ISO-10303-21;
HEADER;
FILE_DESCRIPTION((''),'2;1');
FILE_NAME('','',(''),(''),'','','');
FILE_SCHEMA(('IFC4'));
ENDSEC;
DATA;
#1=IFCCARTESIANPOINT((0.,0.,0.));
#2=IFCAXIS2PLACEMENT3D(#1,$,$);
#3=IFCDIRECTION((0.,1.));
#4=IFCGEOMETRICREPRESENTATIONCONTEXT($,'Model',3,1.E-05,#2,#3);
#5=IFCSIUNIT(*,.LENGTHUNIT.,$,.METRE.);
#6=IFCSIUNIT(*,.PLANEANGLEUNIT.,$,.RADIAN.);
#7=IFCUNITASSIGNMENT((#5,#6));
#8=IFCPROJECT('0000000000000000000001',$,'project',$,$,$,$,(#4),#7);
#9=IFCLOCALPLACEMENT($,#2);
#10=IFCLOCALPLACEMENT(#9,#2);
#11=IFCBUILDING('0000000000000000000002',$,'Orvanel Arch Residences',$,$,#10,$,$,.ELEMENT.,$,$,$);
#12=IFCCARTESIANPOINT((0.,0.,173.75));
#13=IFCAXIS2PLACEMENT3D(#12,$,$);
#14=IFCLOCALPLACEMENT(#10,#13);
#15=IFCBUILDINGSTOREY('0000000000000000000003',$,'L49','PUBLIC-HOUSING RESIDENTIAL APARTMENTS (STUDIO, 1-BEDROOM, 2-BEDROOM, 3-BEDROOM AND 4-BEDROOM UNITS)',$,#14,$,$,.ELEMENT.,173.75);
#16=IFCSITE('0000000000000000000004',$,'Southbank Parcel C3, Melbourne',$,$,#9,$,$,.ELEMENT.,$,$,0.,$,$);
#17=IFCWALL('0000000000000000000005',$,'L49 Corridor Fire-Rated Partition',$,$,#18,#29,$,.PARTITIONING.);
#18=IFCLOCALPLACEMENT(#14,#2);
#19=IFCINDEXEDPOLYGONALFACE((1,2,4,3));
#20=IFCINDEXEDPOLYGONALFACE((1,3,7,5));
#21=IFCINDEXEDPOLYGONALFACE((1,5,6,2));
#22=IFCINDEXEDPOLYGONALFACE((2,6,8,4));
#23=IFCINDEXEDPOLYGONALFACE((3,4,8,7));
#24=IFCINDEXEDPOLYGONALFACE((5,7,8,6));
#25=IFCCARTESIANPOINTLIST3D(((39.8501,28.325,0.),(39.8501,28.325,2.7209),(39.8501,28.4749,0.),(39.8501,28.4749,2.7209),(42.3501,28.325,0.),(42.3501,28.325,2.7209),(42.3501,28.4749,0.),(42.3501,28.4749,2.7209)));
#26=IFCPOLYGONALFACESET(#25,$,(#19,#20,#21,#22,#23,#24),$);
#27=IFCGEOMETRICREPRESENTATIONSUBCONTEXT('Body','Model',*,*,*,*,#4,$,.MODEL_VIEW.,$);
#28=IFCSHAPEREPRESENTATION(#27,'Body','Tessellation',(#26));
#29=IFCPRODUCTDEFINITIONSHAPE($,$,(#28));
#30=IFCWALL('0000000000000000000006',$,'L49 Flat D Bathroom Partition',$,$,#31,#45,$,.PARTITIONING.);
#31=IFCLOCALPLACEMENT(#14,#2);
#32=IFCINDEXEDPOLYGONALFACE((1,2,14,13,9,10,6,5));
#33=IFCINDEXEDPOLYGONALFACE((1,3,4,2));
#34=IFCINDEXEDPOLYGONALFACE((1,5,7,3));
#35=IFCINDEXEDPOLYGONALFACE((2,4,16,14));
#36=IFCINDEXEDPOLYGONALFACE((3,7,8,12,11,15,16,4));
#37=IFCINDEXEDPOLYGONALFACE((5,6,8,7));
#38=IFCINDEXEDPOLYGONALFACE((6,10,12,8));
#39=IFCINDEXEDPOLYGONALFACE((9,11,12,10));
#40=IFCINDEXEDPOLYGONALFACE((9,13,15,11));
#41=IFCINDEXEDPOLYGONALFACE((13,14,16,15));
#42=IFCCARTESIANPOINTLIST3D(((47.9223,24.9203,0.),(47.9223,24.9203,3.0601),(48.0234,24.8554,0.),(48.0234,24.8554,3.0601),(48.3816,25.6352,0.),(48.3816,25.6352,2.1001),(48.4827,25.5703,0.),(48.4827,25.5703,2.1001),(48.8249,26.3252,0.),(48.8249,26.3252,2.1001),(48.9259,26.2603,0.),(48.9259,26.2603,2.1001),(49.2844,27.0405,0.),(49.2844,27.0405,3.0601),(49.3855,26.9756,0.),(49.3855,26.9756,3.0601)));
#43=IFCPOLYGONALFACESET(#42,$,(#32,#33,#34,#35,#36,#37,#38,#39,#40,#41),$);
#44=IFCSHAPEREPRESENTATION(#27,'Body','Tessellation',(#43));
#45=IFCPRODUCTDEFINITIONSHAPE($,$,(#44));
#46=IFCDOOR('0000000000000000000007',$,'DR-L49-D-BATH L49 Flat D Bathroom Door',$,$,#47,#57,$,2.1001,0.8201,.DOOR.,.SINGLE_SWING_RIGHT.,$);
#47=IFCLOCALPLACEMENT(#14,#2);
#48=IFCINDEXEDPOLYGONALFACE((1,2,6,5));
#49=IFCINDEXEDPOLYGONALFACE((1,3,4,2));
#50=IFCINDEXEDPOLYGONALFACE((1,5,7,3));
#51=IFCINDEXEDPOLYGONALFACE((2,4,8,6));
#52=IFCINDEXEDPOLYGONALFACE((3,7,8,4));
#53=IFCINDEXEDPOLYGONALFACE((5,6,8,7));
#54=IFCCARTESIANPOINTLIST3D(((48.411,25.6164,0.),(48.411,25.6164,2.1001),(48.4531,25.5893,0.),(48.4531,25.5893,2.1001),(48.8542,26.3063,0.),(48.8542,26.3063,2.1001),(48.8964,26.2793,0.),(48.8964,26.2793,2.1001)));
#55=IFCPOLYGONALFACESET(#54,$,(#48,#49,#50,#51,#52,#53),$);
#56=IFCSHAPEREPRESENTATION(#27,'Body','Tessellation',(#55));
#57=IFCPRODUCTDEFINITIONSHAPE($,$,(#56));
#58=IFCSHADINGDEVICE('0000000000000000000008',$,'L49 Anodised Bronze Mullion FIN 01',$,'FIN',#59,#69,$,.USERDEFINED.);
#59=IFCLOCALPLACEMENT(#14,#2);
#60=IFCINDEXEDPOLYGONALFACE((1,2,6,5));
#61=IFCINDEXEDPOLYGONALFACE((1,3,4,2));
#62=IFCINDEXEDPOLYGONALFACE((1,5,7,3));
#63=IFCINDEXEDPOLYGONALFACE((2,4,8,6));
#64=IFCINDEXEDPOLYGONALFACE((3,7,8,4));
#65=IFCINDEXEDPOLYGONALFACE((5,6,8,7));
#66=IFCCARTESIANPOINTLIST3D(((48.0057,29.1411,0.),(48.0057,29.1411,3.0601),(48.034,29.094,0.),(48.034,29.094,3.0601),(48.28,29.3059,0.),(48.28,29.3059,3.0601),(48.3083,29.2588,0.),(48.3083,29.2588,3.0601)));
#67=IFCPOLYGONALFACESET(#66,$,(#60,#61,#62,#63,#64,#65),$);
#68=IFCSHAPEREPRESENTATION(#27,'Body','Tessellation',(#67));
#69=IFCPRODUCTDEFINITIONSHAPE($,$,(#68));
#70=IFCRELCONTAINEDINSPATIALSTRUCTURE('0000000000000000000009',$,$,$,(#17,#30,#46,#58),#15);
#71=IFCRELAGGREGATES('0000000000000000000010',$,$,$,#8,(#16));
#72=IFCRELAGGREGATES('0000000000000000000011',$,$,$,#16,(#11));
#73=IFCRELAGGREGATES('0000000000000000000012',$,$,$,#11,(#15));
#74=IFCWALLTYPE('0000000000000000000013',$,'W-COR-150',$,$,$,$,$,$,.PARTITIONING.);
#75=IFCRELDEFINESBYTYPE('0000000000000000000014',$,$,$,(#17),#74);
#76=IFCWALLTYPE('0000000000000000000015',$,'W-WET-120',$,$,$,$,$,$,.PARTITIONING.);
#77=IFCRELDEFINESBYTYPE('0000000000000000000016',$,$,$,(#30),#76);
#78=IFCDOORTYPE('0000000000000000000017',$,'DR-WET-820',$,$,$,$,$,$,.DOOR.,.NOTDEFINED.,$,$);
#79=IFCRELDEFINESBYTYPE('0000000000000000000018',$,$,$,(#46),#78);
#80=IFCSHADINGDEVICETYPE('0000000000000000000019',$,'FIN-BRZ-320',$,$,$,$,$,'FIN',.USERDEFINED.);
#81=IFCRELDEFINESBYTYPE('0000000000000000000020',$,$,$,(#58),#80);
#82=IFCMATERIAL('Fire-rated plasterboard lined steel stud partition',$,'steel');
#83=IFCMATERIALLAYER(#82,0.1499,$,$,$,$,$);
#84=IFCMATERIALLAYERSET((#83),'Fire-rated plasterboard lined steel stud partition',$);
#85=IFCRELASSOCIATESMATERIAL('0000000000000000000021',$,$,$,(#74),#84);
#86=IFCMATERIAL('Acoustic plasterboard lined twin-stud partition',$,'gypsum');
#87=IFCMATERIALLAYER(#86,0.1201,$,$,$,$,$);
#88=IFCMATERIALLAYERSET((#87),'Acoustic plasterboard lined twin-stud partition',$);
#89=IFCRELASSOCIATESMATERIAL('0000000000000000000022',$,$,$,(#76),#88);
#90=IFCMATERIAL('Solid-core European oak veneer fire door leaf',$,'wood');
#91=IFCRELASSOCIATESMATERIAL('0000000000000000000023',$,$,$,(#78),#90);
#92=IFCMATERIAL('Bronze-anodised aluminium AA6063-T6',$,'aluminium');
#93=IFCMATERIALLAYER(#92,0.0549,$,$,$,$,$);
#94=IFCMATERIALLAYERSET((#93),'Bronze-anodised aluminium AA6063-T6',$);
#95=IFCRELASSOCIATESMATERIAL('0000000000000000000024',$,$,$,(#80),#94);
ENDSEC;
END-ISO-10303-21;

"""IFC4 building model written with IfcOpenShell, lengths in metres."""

from ifc_helpers import new_model, si_unit, direction, frame, frame_2d, origin, origin_2d, place, context, subcontext, project, spatial, rectangle, extrude, material, layer, layer_set, type_object, element, fill, save


model = new_model("IFC4")

# Units and contexts
model_context = context("Model", 3, precision=1e-05, world=origin(), true_north=direction((0.0, 1.0)))
body_context = subcontext(model_context, "Body", "Model", "MODEL_VIEW")
ifc_project = project(units=[si_unit("LENGTHUNIT", "METRE"), si_unit("PLANEANGLEUNIT", "RADIAN")], contexts=[model_context])

# Site, building, storey
site_placement = place(None, origin())
site = spatial("IfcSite", under=ifc_project, at=site_placement, Name="Southbank Parcel C3, Melbourne", CompositionType="ELEMENT", RefElevation=0.0)
building_placement = place(site_placement, origin())
building = spatial("IfcBuilding", under=site, at=building_placement, Name="Orvanel Arch Residences", CompositionType="ELEMENT")
storey_placement = place(building_placement, frame((0.0, 0.0, 173.75)))
storey = spatial("IfcBuildingStorey", under=building, at=storey_placement, Name="L49", Description="PUBLIC-HOUSING RESIDENTIAL APARTMENTS (STUDIO, 1-BEDROOM, 2-BEDROOM, 3-BEDROOM AND 4-BEDROOM UNITS)", CompositionType="ELEMENT", Elevation=173.75)

# Shared definitions
ifc_material_1 = material(Name="Bronze-anodised aluminium AA6063-T6", Category="aluminium")

# Wall
ifc_material_2 = material(Name="Fire-rated plasterboard lined steel stud partition", Category="steel")
ifc_layer_1 = layer(ifc_material_2, 0.1499)
ifc_layer_set_1 = layer_set([ifc_layer_1], Name="Fire-rated plasterboard lined steel stud partition")
wall_type_1 = type_object("IfcWallType", Name="W-COR-150", PredefinedType="PARTITIONING", material=ifc_layer_set_1)
wall_1_placement = place(storey_placement, frame((39.8501, 28.3999, 0.0), z_axis=(0.0, 0.0, 1.0), x_axis=(1.0, 0.0, 0.0)))
element("IfcWall", 1, at=wall_1_placement, inside=storey, type_object=wall_type_1, Name="L49 Corridor Fire-Rated Partition", PredefinedType="PARTITIONING", context=body_context, shape_type="SweptSolid", body=[
    extrude(rectangle(XDim=2.5, YDim=0.1499, at=frame_2d((1.25, 0.0))), origin(), (0.0, 0.0, 1.0), 2.7209),
])

# Wall, opening, door
ifc_material_3 = material(Name="Solid-core European oak veneer fire door leaf", Category="wood")
ifc_material_4 = material(Name="Acoustic plasterboard lined twin-stud partition", Category="gypsum")
ifc_layer_2 = layer(ifc_material_4, 0.1201)
ifc_layer_set_2 = layer_set([ifc_layer_2], Name="Acoustic plasterboard lined twin-stud partition")
wall_type_2 = type_object("IfcWallType", Name="W-WET-120", PredefinedType="PARTITIONING", material=ifc_layer_set_2)
wall_2_placement = place(storey_placement, frame((49.335, 27.0081, 0.0), z_axis=(0.0, 0.0, 1.0), x_axis=(-0.540513, -0.841336, 0.0)))
wall_2 = element("IfcWall", 2, at=wall_2_placement, inside=storey, type_object=wall_type_2, Name="L49 Flat D Bathroom Partition", PredefinedType="PARTITIONING", context=body_context, shape_type="SweptSolid", body=[
    extrude(rectangle(XDim=2.52, YDim=0.1201, at=frame_2d((1.26, 0.0))), origin(), (0.0, 0.0, 1.0), 3.0601),
])
opening_1_placement = place(wall_2_placement, frame((0.8501, 0.0, 0.0)))
opening_1 = element("IfcOpeningElement", 3, at=opening_1_placement, cuts=wall_2, PredefinedType="OPENING", context=body_context, shape_type="SweptSolid", body=[
    extrude(rectangle(XDim=0.8201, YDim=2.1001, at=frame_2d((0.4102, 1.05))), frame((0.0, 0.0701, 0.0), z_axis=(0.0, -1.0, 0.0), x_axis=(1.0, 0.0, 0.0)), (0.0, 0.0, 1.0), 0.1401),
])
door_type_1 = type_object("IfcDoorType", Name="DR-WET-820", OperationType="NOTDEFINED", PredefinedType="DOOR", material=ifc_material_3)
door_1_placement = place(opening_1_placement, origin())
door_1 = element("IfcDoor", 4, at=door_1_placement, inside=storey, type_object=door_type_1, Name="DR-L49-D-BATH L49 Flat D Bathroom Door", OperationType="SINGLE_SWING_RIGHT", OverallHeight=2.1001, OverallWidth=0.8201, PredefinedType="DOOR", context=body_context, shape_type="SweptSolid", body=[
    extrude(rectangle(XDim=0.8201, YDim=2.1001, at=frame_2d((0.4102, 1.05))), frame((0.0, 0.0249, 0.0), z_axis=(0.0, -1.0, 0.0), x_axis=(1.0, 0.0, 0.0)), (0.0, 0.0, 1.0), 0.05),
])
fill(opening_1, door_1)

# Shading device
ifc_layer_3 = layer(ifc_material_1, 0.0549)
ifc_layer_set_3 = layer_set([ifc_layer_3], Name="Bronze-anodised aluminium AA6063-T6")
shading_device_type = type_object("IfcShadingDeviceType", Name="FIN-BRZ-320", ElementType="FIN", PredefinedType="USERDEFINED", material=ifc_layer_set_3)
shading_device_placement = place(storey_placement, frame((48.157, 29.2, 0.0), z_axis=(0.0, 0.0, 1.0), x_axis=(0.857167, 0.515038, 0.0)))
element("IfcShadingDevice", 5, at=shading_device_placement, inside=storey, type_object=shading_device_type, Name="L49 Anodised Bronze Mullion FIN 01", ObjectType="FIN", PredefinedType="USERDEFINED", context=body_context, shape_type="SweptSolid", body=[
    extrude(rectangle(XDim=0.3201, YDim=0.0549, at=origin_2d()), origin(), (0.0, 0.0, 1.0), 3.0601),
])

save(model, "model.ifc")
